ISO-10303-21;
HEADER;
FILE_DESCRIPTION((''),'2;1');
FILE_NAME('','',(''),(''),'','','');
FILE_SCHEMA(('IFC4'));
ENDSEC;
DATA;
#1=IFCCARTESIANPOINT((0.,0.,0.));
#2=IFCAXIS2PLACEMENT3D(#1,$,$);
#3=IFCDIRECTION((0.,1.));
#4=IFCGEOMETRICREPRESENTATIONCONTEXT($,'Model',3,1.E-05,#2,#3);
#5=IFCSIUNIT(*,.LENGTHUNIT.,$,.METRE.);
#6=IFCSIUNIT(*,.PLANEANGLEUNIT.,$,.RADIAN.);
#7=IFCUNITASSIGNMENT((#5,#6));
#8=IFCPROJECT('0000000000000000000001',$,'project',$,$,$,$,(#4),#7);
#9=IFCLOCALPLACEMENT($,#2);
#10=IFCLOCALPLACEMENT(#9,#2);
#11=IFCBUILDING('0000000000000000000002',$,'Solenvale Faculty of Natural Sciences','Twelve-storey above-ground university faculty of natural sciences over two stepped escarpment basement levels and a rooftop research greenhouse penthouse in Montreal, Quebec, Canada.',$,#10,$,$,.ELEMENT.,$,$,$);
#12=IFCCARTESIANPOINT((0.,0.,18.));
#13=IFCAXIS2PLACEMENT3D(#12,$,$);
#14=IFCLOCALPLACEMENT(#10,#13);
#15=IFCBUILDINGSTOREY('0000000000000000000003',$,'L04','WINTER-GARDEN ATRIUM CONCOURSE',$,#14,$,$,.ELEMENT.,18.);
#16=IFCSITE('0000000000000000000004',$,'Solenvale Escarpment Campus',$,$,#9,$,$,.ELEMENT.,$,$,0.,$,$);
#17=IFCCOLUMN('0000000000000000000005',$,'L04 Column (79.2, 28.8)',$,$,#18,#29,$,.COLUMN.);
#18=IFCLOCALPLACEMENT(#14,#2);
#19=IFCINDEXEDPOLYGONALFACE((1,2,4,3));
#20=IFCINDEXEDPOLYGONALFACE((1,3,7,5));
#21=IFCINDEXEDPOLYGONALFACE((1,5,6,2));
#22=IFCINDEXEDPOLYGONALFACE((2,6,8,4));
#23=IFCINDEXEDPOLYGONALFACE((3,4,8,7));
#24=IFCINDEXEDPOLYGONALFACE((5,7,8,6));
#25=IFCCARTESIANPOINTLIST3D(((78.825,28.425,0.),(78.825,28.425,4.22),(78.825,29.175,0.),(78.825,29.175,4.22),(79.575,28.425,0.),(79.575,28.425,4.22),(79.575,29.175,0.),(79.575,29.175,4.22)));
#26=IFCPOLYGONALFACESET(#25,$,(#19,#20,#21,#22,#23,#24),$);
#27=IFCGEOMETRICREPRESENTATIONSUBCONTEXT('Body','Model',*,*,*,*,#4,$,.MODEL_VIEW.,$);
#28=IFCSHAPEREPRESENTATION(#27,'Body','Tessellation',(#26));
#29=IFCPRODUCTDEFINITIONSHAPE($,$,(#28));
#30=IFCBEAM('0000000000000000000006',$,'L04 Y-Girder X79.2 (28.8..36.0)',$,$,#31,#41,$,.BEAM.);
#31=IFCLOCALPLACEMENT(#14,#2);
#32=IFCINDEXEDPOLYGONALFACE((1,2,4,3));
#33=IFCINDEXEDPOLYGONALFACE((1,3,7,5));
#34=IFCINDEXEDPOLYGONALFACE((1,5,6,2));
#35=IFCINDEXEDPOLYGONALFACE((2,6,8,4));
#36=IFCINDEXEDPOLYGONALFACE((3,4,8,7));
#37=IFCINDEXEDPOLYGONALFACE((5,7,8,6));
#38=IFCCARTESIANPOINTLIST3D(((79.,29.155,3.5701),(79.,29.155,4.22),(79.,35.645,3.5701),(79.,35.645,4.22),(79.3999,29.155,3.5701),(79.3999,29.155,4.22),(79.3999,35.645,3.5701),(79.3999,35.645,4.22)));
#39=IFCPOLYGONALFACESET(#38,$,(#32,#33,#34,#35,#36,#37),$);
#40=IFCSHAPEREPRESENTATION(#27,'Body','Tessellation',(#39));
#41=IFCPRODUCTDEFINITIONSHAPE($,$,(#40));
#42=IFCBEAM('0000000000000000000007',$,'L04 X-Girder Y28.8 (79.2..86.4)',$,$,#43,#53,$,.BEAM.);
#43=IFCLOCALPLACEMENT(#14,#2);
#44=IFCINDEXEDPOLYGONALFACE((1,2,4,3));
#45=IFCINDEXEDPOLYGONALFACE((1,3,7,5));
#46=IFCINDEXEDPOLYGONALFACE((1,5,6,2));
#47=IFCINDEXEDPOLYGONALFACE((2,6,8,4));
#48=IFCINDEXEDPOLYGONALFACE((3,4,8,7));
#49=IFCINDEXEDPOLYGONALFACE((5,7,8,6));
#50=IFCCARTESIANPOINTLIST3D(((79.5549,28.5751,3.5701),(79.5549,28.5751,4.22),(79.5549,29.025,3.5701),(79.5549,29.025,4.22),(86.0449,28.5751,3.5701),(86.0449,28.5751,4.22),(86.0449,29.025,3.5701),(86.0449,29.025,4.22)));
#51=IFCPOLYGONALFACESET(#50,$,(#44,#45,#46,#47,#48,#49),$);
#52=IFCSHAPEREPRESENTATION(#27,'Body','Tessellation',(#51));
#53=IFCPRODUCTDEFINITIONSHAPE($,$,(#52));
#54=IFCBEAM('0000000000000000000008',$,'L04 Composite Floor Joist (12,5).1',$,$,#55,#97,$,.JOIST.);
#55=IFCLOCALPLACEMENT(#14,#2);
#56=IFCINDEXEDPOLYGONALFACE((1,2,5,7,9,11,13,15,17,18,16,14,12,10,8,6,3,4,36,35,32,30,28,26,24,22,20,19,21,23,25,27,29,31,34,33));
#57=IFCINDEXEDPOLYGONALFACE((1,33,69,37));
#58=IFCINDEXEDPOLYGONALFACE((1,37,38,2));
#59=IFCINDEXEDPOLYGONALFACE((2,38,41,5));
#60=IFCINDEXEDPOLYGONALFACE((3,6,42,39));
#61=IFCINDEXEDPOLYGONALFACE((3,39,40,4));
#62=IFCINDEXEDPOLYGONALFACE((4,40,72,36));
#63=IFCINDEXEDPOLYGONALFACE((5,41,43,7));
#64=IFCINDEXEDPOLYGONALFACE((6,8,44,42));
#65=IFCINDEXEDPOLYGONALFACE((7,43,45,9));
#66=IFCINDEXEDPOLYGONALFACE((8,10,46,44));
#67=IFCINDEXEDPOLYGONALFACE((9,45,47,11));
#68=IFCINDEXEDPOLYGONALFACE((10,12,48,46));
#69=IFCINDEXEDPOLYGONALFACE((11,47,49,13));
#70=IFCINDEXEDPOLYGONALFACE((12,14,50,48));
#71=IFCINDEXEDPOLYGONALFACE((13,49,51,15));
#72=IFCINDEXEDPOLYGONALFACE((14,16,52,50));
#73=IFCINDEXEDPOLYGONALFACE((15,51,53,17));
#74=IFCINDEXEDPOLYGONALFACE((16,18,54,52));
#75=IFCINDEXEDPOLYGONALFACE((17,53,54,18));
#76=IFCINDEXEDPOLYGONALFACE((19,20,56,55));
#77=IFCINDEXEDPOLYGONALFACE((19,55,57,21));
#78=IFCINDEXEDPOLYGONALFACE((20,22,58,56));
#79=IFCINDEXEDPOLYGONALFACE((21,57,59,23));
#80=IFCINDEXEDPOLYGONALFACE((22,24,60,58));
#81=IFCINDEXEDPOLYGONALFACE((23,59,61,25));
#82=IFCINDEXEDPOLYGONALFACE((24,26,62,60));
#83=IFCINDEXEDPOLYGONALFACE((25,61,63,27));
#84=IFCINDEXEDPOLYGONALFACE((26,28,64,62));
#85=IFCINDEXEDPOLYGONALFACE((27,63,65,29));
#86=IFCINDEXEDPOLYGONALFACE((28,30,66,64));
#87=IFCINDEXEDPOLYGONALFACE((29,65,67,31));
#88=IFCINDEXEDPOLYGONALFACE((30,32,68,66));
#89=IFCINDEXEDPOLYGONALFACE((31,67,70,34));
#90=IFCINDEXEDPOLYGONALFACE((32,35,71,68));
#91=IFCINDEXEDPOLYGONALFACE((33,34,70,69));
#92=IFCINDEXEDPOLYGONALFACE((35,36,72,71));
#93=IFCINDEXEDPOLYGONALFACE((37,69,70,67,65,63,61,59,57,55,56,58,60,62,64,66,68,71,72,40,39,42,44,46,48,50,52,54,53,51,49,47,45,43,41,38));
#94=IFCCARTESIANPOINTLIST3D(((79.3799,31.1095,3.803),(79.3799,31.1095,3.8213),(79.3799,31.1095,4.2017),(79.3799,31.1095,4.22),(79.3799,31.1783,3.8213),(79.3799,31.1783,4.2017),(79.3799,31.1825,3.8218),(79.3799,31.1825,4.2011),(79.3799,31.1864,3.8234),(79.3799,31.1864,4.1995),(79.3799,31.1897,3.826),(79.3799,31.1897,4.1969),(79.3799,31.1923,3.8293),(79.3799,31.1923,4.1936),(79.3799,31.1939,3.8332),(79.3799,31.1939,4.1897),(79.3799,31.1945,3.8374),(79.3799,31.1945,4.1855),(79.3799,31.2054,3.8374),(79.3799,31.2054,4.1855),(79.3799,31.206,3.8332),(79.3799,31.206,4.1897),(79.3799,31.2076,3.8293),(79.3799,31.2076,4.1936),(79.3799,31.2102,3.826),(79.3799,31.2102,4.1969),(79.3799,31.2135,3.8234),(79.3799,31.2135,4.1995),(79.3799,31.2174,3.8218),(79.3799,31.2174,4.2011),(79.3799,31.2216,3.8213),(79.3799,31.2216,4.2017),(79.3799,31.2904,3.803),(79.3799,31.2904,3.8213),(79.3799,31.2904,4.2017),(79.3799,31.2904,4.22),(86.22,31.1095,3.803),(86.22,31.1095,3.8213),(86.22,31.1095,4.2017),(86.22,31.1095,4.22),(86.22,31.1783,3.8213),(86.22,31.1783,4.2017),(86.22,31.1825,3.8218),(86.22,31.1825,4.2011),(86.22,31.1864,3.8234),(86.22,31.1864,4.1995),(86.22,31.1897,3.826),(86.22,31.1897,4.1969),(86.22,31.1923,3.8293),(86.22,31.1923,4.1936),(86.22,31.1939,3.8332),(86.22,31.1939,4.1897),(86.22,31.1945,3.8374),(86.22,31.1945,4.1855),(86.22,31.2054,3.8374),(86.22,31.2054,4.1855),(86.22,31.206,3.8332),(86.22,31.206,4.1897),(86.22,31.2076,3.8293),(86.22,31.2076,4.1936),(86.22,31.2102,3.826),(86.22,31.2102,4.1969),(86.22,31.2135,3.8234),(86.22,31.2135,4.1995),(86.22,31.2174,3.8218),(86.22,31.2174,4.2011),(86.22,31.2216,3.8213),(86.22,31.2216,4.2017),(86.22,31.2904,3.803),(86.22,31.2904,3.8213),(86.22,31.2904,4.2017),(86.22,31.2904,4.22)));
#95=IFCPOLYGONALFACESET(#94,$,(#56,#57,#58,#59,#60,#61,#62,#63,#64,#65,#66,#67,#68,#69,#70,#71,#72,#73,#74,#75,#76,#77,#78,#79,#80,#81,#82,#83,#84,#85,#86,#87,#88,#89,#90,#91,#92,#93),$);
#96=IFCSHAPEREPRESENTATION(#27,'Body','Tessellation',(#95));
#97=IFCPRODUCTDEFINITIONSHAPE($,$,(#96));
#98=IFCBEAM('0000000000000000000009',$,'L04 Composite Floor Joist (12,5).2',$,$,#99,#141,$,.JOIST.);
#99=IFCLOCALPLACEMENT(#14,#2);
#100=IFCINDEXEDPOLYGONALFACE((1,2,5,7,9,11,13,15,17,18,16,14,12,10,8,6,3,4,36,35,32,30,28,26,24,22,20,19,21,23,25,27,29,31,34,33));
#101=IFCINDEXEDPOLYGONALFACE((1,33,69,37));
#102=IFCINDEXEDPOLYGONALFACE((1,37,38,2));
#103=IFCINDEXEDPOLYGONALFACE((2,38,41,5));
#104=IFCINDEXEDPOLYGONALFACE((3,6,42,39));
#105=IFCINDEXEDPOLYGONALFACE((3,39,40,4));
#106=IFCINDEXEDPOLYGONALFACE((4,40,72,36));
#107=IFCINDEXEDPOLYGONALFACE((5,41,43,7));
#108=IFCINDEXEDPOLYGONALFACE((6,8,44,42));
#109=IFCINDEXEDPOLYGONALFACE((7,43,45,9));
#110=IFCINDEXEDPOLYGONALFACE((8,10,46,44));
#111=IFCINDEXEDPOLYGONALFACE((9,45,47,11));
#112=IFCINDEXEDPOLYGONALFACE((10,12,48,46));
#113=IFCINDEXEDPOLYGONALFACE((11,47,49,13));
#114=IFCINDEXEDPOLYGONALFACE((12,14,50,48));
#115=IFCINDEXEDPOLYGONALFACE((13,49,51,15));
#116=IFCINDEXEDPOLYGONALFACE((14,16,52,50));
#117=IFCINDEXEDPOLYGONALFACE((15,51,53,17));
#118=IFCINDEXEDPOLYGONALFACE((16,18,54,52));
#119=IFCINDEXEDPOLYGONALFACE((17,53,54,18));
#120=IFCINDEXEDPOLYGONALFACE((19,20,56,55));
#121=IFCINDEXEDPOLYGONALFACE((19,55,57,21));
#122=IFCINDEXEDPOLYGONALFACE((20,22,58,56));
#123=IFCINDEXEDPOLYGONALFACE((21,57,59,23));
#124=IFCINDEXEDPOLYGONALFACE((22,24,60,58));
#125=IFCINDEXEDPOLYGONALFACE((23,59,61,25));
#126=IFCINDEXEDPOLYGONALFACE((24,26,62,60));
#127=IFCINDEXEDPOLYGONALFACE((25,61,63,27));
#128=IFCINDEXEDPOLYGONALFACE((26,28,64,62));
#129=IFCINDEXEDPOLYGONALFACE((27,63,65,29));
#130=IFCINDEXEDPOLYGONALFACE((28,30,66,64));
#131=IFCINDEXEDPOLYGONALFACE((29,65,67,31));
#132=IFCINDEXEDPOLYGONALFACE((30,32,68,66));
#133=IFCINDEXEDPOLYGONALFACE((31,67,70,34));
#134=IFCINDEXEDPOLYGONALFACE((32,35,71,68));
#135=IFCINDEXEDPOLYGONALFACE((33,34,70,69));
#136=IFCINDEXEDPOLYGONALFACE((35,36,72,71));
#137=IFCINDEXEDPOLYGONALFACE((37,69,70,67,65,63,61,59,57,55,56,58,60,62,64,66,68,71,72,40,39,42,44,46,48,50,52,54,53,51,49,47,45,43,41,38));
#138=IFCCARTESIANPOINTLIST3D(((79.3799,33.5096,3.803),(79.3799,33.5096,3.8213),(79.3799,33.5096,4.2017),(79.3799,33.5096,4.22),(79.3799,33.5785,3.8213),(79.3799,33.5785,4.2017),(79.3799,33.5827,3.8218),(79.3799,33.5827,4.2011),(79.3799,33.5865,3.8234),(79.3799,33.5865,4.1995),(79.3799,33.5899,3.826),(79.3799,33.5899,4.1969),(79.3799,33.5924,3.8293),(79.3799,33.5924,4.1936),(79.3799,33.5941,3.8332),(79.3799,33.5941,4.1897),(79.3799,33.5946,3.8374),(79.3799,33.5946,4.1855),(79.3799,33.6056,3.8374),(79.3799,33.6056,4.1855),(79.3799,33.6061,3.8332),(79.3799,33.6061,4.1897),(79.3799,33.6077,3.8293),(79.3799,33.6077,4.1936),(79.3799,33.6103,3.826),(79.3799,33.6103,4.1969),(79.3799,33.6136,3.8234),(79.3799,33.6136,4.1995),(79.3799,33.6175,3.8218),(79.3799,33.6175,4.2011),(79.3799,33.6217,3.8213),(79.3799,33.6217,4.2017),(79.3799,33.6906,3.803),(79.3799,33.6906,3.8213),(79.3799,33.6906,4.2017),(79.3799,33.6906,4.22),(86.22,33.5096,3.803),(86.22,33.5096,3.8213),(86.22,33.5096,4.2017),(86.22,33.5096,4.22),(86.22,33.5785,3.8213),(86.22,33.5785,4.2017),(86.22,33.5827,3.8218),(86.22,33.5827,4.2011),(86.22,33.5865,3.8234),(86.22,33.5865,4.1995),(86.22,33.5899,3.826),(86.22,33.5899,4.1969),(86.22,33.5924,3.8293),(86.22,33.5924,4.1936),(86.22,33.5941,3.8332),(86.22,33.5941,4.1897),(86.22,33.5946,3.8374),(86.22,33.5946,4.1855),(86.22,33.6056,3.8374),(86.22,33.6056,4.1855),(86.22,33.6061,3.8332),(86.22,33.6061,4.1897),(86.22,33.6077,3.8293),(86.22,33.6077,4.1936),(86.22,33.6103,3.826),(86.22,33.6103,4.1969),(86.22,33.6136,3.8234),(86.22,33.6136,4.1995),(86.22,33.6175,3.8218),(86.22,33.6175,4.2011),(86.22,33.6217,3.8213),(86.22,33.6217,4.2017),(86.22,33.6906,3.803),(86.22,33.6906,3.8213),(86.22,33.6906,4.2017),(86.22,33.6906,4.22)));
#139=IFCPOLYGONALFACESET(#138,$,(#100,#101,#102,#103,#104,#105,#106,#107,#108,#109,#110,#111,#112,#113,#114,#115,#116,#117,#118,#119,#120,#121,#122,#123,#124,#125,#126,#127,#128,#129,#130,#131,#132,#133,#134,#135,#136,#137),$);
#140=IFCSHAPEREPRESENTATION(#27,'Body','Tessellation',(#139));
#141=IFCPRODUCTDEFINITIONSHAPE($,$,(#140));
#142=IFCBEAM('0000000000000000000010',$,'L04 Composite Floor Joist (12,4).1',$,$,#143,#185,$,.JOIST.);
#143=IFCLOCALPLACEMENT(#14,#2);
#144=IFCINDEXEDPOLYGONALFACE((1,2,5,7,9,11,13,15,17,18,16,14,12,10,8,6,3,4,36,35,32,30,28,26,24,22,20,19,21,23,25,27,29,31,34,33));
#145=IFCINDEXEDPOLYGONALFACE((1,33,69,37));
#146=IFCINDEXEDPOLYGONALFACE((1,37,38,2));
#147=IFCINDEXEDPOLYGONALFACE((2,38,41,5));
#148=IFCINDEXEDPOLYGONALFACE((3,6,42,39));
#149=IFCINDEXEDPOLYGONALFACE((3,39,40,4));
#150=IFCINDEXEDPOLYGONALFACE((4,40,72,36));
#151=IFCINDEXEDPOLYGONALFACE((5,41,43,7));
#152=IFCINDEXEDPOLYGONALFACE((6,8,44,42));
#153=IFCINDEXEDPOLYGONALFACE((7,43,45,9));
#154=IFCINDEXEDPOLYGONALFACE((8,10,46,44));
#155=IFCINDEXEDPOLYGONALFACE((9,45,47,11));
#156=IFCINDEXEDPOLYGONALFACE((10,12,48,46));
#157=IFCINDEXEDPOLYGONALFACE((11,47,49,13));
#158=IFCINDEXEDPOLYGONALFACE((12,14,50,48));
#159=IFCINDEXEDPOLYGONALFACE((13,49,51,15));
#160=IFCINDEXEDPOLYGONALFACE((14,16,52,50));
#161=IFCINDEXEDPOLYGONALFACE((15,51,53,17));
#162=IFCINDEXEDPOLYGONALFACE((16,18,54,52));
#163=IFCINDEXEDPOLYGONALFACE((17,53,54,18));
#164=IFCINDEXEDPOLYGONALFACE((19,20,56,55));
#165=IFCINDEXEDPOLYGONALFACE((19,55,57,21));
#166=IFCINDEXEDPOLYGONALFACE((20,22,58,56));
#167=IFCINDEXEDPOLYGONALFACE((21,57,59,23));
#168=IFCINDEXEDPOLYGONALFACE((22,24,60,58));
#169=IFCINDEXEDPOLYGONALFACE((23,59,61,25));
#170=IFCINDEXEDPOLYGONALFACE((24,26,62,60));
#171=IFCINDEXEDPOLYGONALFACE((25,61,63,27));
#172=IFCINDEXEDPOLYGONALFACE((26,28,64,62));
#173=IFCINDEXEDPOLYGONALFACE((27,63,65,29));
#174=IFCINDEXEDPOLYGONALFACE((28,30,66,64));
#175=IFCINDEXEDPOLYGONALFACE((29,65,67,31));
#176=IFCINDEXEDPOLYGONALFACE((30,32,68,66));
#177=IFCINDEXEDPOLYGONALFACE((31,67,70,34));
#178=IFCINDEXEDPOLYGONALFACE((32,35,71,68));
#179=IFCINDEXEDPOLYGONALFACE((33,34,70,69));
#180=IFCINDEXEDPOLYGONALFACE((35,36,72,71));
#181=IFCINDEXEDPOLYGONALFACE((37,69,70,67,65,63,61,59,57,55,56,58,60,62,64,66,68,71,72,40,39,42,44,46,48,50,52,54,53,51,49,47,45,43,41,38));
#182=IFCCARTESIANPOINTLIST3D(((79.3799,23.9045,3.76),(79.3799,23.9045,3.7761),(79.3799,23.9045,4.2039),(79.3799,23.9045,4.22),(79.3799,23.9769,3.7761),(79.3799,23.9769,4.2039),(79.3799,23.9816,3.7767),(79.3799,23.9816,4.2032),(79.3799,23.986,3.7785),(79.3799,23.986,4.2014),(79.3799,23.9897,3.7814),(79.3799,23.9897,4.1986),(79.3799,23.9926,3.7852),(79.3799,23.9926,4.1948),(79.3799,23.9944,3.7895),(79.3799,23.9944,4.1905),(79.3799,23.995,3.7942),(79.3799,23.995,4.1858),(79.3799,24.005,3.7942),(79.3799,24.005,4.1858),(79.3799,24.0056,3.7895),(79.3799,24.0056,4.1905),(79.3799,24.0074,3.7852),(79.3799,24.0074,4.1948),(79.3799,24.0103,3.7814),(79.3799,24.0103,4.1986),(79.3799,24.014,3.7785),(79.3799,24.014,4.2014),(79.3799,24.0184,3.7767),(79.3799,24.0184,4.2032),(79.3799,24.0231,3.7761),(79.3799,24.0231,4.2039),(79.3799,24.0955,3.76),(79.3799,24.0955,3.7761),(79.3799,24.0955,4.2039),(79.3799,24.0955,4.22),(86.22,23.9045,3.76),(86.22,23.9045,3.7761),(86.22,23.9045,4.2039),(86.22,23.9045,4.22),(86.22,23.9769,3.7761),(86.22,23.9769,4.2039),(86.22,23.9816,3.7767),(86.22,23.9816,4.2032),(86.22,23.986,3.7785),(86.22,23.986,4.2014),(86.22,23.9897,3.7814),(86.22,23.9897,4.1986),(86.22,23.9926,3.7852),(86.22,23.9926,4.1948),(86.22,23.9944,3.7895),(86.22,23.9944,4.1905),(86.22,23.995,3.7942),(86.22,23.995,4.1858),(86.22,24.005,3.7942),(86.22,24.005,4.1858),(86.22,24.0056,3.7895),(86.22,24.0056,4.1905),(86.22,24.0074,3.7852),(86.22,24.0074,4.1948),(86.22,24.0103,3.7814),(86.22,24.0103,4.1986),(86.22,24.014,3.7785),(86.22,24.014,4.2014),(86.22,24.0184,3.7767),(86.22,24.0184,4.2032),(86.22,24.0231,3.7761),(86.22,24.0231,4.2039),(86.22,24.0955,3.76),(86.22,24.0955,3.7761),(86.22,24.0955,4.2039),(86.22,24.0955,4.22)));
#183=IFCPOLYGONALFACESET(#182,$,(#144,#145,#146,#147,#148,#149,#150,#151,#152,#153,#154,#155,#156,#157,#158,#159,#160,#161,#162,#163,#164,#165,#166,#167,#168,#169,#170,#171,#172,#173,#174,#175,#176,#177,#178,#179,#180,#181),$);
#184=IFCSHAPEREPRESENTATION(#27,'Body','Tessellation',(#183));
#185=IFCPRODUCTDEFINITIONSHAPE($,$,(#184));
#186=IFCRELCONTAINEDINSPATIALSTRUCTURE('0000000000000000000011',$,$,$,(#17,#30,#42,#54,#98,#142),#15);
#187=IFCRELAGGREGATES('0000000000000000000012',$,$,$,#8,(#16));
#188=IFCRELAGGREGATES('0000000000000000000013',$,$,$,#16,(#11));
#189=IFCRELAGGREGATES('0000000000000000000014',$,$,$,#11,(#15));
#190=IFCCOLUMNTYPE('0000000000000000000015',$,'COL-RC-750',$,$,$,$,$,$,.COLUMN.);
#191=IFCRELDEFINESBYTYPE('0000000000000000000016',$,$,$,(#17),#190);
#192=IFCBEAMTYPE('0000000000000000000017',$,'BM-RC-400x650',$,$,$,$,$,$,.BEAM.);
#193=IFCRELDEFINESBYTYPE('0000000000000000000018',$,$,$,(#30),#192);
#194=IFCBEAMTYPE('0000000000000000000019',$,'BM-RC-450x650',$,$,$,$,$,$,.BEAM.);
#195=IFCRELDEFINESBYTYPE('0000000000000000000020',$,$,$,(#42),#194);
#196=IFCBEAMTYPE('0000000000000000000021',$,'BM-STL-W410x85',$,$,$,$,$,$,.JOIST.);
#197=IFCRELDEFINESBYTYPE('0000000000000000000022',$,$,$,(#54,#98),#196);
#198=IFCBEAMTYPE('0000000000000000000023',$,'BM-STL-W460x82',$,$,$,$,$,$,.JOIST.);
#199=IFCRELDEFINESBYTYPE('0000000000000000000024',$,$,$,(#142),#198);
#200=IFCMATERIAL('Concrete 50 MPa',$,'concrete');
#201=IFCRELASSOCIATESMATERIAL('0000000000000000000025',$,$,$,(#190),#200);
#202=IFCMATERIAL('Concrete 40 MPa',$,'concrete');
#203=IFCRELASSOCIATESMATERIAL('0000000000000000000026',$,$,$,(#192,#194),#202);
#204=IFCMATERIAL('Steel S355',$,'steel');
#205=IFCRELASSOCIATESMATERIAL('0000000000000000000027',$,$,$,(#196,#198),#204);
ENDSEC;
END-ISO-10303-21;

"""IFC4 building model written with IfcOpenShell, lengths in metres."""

from ifc_helpers import new_model, si_unit, direction, frame, origin, origin_2d, place, context, subcontext, project, spatial, rectangle, i_section, extrude, material, material_profile, profile_set, type_object, element, save


model = new_model("IFC4")

# Units and contexts
model_context = context("Model", 3, precision=1e-05, world=origin(), true_north=direction((0.0, 1.0)))
body_context = subcontext(model_context, "Body", "Model", "MODEL_VIEW")
ifc_project = project(units=[si_unit("LENGTHUNIT", "METRE"), si_unit("PLANEANGLEUNIT", "RADIAN")], contexts=[model_context])

# Site, building, storey
site_placement = place(None, origin())
site = spatial("IfcSite", under=ifc_project, at=site_placement, Name="Solenvale Escarpment Campus", CompositionType="ELEMENT", RefElevation=0.0)
building_placement = place(site_placement, origin())
building = spatial("IfcBuilding", under=site, at=building_placement, Name="Solenvale Faculty of Natural Sciences", Description="Twelve-storey above-ground university faculty of natural sciences over two stepped escarpment basement levels and a rooftop research greenhouse penthouse in Montreal, Quebec, Canada.", CompositionType="ELEMENT")
storey_placement = place(building_placement, frame((0.0, 0.0, 18.0)))
storey = spatial("IfcBuildingStorey", under=building, at=storey_placement, Name="L04", Description="WINTER-GARDEN ATRIUM CONCOURSE", CompositionType="ELEMENT", Elevation=18.0)

# Column
ifc_material_1 = material(Name="Concrete 50 MPa", Category="concrete")
ifc_material_profile_1 = material_profile(ifc_material_1, rectangle(XDim=0.75, YDim=0.75, at=origin_2d()), Name="RC-COL-750x750")
ifc_profile_set_1 = profile_set([ifc_material_profile_1], Name="Concrete 50 MPa")
column_type = type_object("IfcColumnType", Name="COL-RC-750", PredefinedType="COLUMN", material=ifc_profile_set_1)
column_placement = place(storey_placement, frame((79.2, 28.8, 0.0), z_axis=(0.0, 0.0, 1.0), x_axis=(1.0, 0.0, 0.0)))
element("IfcColumn", 1, at=column_placement, inside=storey, type_object=column_type, Name="L04 Column (79.2, 28.8)", PredefinedType="COLUMN", context=body_context, shape_type="SweptSolid", body=[
    extrude(rectangle(XDim=0.75, YDim=0.75, at=origin_2d()), origin(), (0.0, 0.0, 1.0), 4.22),
])

# Beams
ifc_material_2 = material(Name="Concrete 40 MPa", Category="concrete")
ifc_material_profile_2 = material_profile(ifc_material_2, rectangle(XDim=0.3999, YDim=0.6499, at=origin_2d()), Name="RC-BM-400x650")
ifc_profile_set_2 = profile_set([ifc_material_profile_2], Name="Concrete 40 MPa")
beam_type_1 = type_object("IfcBeamType", Name="BM-RC-400x650", PredefinedType="BEAM", material=ifc_profile_set_2)
beam_1_placement = place(storey_placement, frame((79.2, 29.155, 3.895), z_axis=(0.0, 1.0, 0.0), x_axis=(-1.0, 0.0, 0.0)))
element("IfcBeam", 2, at=beam_1_placement, inside=storey, type_object=beam_type_1, Name="L04 Y-Girder X79.2 (28.8..36.0)", PredefinedType="BEAM", context=body_context, shape_type="SweptSolid", body=[
    extrude(rectangle(XDim=0.3999, YDim=0.6499, at=origin_2d()), origin(), (0.0, 0.0, 1.0), 6.49),
])
ifc_material_profile_3 = material_profile(ifc_material_2, rectangle(XDim=0.45, YDim=0.6499, at=origin_2d()), Name="RC-BM-450x650")
ifc_profile_set_3 = profile_set([ifc_material_profile_3], Name="Concrete 40 MPa")
beam_type_2 = type_object("IfcBeamType", Name="BM-RC-450x650", PredefinedType="BEAM", material=ifc_profile_set_3)
beam_2_placement = place(storey_placement, frame((79.5549, 28.8, 3.895), z_axis=(1.0, 0.0, 0.0), x_axis=(0.0, 1.0, 0.0)))
element("IfcBeam", 3, at=beam_2_placement, inside=storey, type_object=beam_type_2, Name="L04 X-Girder Y28.8 (79.2..86.4)", PredefinedType="BEAM", context=body_context, shape_type="SweptSolid", body=[
    extrude(rectangle(XDim=0.45, YDim=0.6499, at=origin_2d()), origin(), (0.0, 0.0, 1.0), 6.49),
])
ifc_material_3 = material(Name="Steel S355", Category="steel")
ifc_material_profile_4 = material_profile(ifc_material_3, i_section(OverallWidth=0.1809, OverallDepth=0.417, WebThickness=0.011, FlangeThickness=0.0183, FilletRadius=0.0161, at=origin_2d()), Name="W410x85")
ifc_profile_set_4 = profile_set([ifc_material_profile_4], Name="Steel S355")
beam_type_3 = type_object("IfcBeamType", Name="BM-STL-W410x85", PredefinedType="JOIST", material=ifc_profile_set_4)
for number, where, z_axis, x_axis, name in (
    (4, (79.3799, 31.2, 4.0115), (1.0, 0.0, 0.0), (0.0, 1.0, 0.0), "L04 Composite Floor Joist (12,5).1"),
    (5, (79.3799, 33.6001, 4.0115), (1.0, 0.0, 0.0), (0.0, 1.0, 0.0), "L04 Composite Floor Joist (12,5).2"),
):
    element("IfcBeam", number, at=place(storey_placement, frame(where, z_axis=z_axis, x_axis=x_axis)), inside=storey, type_object=beam_type_3, Name=name, PredefinedType="JOIST", context=body_context, shape_type="SweptSolid", body=[
        extrude(i_section(OverallWidth=0.1809, OverallDepth=0.417, WebThickness=0.011, FlangeThickness=0.0183, FilletRadius=0.0161, at=origin_2d()), origin(), (0.0, 0.0, 1.0), 6.8401),
    ])
ifc_material_profile_5 = material_profile(ifc_material_3, i_section(OverallWidth=0.1909, OverallDepth=0.46, WebThickness=0.01, FlangeThickness=0.0161, FilletRadius=0.0181, at=origin_2d()), Name="W460x82")
ifc_profile_set_5 = profile_set([ifc_material_profile_5], Name="Steel S355")
beam_type_4 = type_object("IfcBeamType", Name="BM-STL-W460x82", PredefinedType="JOIST", material=ifc_profile_set_5)
for number, where, z_axis, x_axis, name in (
    (6, (79.3799, 24.0, 3.99), (1.0, 0.0, 0.0), (0.0, 1.0, 0.0), "L04 Composite Floor Joist (12,4).1"),
):
    element("IfcBeam", number, at=place(storey_placement, frame(where, z_axis=z_axis, x_axis=x_axis)), inside=storey, type_object=beam_type_4, Name=name, PredefinedType="JOIST", context=body_context, shape_type="SweptSolid", body=[
        extrude(i_section(OverallWidth=0.1909, OverallDepth=0.46, WebThickness=0.01, FlangeThickness=0.0161, FilletRadius=0.0181, at=origin_2d()), origin(), (0.0, 0.0, 1.0), 6.8401),
    ])

save(model, "model.ifc")
